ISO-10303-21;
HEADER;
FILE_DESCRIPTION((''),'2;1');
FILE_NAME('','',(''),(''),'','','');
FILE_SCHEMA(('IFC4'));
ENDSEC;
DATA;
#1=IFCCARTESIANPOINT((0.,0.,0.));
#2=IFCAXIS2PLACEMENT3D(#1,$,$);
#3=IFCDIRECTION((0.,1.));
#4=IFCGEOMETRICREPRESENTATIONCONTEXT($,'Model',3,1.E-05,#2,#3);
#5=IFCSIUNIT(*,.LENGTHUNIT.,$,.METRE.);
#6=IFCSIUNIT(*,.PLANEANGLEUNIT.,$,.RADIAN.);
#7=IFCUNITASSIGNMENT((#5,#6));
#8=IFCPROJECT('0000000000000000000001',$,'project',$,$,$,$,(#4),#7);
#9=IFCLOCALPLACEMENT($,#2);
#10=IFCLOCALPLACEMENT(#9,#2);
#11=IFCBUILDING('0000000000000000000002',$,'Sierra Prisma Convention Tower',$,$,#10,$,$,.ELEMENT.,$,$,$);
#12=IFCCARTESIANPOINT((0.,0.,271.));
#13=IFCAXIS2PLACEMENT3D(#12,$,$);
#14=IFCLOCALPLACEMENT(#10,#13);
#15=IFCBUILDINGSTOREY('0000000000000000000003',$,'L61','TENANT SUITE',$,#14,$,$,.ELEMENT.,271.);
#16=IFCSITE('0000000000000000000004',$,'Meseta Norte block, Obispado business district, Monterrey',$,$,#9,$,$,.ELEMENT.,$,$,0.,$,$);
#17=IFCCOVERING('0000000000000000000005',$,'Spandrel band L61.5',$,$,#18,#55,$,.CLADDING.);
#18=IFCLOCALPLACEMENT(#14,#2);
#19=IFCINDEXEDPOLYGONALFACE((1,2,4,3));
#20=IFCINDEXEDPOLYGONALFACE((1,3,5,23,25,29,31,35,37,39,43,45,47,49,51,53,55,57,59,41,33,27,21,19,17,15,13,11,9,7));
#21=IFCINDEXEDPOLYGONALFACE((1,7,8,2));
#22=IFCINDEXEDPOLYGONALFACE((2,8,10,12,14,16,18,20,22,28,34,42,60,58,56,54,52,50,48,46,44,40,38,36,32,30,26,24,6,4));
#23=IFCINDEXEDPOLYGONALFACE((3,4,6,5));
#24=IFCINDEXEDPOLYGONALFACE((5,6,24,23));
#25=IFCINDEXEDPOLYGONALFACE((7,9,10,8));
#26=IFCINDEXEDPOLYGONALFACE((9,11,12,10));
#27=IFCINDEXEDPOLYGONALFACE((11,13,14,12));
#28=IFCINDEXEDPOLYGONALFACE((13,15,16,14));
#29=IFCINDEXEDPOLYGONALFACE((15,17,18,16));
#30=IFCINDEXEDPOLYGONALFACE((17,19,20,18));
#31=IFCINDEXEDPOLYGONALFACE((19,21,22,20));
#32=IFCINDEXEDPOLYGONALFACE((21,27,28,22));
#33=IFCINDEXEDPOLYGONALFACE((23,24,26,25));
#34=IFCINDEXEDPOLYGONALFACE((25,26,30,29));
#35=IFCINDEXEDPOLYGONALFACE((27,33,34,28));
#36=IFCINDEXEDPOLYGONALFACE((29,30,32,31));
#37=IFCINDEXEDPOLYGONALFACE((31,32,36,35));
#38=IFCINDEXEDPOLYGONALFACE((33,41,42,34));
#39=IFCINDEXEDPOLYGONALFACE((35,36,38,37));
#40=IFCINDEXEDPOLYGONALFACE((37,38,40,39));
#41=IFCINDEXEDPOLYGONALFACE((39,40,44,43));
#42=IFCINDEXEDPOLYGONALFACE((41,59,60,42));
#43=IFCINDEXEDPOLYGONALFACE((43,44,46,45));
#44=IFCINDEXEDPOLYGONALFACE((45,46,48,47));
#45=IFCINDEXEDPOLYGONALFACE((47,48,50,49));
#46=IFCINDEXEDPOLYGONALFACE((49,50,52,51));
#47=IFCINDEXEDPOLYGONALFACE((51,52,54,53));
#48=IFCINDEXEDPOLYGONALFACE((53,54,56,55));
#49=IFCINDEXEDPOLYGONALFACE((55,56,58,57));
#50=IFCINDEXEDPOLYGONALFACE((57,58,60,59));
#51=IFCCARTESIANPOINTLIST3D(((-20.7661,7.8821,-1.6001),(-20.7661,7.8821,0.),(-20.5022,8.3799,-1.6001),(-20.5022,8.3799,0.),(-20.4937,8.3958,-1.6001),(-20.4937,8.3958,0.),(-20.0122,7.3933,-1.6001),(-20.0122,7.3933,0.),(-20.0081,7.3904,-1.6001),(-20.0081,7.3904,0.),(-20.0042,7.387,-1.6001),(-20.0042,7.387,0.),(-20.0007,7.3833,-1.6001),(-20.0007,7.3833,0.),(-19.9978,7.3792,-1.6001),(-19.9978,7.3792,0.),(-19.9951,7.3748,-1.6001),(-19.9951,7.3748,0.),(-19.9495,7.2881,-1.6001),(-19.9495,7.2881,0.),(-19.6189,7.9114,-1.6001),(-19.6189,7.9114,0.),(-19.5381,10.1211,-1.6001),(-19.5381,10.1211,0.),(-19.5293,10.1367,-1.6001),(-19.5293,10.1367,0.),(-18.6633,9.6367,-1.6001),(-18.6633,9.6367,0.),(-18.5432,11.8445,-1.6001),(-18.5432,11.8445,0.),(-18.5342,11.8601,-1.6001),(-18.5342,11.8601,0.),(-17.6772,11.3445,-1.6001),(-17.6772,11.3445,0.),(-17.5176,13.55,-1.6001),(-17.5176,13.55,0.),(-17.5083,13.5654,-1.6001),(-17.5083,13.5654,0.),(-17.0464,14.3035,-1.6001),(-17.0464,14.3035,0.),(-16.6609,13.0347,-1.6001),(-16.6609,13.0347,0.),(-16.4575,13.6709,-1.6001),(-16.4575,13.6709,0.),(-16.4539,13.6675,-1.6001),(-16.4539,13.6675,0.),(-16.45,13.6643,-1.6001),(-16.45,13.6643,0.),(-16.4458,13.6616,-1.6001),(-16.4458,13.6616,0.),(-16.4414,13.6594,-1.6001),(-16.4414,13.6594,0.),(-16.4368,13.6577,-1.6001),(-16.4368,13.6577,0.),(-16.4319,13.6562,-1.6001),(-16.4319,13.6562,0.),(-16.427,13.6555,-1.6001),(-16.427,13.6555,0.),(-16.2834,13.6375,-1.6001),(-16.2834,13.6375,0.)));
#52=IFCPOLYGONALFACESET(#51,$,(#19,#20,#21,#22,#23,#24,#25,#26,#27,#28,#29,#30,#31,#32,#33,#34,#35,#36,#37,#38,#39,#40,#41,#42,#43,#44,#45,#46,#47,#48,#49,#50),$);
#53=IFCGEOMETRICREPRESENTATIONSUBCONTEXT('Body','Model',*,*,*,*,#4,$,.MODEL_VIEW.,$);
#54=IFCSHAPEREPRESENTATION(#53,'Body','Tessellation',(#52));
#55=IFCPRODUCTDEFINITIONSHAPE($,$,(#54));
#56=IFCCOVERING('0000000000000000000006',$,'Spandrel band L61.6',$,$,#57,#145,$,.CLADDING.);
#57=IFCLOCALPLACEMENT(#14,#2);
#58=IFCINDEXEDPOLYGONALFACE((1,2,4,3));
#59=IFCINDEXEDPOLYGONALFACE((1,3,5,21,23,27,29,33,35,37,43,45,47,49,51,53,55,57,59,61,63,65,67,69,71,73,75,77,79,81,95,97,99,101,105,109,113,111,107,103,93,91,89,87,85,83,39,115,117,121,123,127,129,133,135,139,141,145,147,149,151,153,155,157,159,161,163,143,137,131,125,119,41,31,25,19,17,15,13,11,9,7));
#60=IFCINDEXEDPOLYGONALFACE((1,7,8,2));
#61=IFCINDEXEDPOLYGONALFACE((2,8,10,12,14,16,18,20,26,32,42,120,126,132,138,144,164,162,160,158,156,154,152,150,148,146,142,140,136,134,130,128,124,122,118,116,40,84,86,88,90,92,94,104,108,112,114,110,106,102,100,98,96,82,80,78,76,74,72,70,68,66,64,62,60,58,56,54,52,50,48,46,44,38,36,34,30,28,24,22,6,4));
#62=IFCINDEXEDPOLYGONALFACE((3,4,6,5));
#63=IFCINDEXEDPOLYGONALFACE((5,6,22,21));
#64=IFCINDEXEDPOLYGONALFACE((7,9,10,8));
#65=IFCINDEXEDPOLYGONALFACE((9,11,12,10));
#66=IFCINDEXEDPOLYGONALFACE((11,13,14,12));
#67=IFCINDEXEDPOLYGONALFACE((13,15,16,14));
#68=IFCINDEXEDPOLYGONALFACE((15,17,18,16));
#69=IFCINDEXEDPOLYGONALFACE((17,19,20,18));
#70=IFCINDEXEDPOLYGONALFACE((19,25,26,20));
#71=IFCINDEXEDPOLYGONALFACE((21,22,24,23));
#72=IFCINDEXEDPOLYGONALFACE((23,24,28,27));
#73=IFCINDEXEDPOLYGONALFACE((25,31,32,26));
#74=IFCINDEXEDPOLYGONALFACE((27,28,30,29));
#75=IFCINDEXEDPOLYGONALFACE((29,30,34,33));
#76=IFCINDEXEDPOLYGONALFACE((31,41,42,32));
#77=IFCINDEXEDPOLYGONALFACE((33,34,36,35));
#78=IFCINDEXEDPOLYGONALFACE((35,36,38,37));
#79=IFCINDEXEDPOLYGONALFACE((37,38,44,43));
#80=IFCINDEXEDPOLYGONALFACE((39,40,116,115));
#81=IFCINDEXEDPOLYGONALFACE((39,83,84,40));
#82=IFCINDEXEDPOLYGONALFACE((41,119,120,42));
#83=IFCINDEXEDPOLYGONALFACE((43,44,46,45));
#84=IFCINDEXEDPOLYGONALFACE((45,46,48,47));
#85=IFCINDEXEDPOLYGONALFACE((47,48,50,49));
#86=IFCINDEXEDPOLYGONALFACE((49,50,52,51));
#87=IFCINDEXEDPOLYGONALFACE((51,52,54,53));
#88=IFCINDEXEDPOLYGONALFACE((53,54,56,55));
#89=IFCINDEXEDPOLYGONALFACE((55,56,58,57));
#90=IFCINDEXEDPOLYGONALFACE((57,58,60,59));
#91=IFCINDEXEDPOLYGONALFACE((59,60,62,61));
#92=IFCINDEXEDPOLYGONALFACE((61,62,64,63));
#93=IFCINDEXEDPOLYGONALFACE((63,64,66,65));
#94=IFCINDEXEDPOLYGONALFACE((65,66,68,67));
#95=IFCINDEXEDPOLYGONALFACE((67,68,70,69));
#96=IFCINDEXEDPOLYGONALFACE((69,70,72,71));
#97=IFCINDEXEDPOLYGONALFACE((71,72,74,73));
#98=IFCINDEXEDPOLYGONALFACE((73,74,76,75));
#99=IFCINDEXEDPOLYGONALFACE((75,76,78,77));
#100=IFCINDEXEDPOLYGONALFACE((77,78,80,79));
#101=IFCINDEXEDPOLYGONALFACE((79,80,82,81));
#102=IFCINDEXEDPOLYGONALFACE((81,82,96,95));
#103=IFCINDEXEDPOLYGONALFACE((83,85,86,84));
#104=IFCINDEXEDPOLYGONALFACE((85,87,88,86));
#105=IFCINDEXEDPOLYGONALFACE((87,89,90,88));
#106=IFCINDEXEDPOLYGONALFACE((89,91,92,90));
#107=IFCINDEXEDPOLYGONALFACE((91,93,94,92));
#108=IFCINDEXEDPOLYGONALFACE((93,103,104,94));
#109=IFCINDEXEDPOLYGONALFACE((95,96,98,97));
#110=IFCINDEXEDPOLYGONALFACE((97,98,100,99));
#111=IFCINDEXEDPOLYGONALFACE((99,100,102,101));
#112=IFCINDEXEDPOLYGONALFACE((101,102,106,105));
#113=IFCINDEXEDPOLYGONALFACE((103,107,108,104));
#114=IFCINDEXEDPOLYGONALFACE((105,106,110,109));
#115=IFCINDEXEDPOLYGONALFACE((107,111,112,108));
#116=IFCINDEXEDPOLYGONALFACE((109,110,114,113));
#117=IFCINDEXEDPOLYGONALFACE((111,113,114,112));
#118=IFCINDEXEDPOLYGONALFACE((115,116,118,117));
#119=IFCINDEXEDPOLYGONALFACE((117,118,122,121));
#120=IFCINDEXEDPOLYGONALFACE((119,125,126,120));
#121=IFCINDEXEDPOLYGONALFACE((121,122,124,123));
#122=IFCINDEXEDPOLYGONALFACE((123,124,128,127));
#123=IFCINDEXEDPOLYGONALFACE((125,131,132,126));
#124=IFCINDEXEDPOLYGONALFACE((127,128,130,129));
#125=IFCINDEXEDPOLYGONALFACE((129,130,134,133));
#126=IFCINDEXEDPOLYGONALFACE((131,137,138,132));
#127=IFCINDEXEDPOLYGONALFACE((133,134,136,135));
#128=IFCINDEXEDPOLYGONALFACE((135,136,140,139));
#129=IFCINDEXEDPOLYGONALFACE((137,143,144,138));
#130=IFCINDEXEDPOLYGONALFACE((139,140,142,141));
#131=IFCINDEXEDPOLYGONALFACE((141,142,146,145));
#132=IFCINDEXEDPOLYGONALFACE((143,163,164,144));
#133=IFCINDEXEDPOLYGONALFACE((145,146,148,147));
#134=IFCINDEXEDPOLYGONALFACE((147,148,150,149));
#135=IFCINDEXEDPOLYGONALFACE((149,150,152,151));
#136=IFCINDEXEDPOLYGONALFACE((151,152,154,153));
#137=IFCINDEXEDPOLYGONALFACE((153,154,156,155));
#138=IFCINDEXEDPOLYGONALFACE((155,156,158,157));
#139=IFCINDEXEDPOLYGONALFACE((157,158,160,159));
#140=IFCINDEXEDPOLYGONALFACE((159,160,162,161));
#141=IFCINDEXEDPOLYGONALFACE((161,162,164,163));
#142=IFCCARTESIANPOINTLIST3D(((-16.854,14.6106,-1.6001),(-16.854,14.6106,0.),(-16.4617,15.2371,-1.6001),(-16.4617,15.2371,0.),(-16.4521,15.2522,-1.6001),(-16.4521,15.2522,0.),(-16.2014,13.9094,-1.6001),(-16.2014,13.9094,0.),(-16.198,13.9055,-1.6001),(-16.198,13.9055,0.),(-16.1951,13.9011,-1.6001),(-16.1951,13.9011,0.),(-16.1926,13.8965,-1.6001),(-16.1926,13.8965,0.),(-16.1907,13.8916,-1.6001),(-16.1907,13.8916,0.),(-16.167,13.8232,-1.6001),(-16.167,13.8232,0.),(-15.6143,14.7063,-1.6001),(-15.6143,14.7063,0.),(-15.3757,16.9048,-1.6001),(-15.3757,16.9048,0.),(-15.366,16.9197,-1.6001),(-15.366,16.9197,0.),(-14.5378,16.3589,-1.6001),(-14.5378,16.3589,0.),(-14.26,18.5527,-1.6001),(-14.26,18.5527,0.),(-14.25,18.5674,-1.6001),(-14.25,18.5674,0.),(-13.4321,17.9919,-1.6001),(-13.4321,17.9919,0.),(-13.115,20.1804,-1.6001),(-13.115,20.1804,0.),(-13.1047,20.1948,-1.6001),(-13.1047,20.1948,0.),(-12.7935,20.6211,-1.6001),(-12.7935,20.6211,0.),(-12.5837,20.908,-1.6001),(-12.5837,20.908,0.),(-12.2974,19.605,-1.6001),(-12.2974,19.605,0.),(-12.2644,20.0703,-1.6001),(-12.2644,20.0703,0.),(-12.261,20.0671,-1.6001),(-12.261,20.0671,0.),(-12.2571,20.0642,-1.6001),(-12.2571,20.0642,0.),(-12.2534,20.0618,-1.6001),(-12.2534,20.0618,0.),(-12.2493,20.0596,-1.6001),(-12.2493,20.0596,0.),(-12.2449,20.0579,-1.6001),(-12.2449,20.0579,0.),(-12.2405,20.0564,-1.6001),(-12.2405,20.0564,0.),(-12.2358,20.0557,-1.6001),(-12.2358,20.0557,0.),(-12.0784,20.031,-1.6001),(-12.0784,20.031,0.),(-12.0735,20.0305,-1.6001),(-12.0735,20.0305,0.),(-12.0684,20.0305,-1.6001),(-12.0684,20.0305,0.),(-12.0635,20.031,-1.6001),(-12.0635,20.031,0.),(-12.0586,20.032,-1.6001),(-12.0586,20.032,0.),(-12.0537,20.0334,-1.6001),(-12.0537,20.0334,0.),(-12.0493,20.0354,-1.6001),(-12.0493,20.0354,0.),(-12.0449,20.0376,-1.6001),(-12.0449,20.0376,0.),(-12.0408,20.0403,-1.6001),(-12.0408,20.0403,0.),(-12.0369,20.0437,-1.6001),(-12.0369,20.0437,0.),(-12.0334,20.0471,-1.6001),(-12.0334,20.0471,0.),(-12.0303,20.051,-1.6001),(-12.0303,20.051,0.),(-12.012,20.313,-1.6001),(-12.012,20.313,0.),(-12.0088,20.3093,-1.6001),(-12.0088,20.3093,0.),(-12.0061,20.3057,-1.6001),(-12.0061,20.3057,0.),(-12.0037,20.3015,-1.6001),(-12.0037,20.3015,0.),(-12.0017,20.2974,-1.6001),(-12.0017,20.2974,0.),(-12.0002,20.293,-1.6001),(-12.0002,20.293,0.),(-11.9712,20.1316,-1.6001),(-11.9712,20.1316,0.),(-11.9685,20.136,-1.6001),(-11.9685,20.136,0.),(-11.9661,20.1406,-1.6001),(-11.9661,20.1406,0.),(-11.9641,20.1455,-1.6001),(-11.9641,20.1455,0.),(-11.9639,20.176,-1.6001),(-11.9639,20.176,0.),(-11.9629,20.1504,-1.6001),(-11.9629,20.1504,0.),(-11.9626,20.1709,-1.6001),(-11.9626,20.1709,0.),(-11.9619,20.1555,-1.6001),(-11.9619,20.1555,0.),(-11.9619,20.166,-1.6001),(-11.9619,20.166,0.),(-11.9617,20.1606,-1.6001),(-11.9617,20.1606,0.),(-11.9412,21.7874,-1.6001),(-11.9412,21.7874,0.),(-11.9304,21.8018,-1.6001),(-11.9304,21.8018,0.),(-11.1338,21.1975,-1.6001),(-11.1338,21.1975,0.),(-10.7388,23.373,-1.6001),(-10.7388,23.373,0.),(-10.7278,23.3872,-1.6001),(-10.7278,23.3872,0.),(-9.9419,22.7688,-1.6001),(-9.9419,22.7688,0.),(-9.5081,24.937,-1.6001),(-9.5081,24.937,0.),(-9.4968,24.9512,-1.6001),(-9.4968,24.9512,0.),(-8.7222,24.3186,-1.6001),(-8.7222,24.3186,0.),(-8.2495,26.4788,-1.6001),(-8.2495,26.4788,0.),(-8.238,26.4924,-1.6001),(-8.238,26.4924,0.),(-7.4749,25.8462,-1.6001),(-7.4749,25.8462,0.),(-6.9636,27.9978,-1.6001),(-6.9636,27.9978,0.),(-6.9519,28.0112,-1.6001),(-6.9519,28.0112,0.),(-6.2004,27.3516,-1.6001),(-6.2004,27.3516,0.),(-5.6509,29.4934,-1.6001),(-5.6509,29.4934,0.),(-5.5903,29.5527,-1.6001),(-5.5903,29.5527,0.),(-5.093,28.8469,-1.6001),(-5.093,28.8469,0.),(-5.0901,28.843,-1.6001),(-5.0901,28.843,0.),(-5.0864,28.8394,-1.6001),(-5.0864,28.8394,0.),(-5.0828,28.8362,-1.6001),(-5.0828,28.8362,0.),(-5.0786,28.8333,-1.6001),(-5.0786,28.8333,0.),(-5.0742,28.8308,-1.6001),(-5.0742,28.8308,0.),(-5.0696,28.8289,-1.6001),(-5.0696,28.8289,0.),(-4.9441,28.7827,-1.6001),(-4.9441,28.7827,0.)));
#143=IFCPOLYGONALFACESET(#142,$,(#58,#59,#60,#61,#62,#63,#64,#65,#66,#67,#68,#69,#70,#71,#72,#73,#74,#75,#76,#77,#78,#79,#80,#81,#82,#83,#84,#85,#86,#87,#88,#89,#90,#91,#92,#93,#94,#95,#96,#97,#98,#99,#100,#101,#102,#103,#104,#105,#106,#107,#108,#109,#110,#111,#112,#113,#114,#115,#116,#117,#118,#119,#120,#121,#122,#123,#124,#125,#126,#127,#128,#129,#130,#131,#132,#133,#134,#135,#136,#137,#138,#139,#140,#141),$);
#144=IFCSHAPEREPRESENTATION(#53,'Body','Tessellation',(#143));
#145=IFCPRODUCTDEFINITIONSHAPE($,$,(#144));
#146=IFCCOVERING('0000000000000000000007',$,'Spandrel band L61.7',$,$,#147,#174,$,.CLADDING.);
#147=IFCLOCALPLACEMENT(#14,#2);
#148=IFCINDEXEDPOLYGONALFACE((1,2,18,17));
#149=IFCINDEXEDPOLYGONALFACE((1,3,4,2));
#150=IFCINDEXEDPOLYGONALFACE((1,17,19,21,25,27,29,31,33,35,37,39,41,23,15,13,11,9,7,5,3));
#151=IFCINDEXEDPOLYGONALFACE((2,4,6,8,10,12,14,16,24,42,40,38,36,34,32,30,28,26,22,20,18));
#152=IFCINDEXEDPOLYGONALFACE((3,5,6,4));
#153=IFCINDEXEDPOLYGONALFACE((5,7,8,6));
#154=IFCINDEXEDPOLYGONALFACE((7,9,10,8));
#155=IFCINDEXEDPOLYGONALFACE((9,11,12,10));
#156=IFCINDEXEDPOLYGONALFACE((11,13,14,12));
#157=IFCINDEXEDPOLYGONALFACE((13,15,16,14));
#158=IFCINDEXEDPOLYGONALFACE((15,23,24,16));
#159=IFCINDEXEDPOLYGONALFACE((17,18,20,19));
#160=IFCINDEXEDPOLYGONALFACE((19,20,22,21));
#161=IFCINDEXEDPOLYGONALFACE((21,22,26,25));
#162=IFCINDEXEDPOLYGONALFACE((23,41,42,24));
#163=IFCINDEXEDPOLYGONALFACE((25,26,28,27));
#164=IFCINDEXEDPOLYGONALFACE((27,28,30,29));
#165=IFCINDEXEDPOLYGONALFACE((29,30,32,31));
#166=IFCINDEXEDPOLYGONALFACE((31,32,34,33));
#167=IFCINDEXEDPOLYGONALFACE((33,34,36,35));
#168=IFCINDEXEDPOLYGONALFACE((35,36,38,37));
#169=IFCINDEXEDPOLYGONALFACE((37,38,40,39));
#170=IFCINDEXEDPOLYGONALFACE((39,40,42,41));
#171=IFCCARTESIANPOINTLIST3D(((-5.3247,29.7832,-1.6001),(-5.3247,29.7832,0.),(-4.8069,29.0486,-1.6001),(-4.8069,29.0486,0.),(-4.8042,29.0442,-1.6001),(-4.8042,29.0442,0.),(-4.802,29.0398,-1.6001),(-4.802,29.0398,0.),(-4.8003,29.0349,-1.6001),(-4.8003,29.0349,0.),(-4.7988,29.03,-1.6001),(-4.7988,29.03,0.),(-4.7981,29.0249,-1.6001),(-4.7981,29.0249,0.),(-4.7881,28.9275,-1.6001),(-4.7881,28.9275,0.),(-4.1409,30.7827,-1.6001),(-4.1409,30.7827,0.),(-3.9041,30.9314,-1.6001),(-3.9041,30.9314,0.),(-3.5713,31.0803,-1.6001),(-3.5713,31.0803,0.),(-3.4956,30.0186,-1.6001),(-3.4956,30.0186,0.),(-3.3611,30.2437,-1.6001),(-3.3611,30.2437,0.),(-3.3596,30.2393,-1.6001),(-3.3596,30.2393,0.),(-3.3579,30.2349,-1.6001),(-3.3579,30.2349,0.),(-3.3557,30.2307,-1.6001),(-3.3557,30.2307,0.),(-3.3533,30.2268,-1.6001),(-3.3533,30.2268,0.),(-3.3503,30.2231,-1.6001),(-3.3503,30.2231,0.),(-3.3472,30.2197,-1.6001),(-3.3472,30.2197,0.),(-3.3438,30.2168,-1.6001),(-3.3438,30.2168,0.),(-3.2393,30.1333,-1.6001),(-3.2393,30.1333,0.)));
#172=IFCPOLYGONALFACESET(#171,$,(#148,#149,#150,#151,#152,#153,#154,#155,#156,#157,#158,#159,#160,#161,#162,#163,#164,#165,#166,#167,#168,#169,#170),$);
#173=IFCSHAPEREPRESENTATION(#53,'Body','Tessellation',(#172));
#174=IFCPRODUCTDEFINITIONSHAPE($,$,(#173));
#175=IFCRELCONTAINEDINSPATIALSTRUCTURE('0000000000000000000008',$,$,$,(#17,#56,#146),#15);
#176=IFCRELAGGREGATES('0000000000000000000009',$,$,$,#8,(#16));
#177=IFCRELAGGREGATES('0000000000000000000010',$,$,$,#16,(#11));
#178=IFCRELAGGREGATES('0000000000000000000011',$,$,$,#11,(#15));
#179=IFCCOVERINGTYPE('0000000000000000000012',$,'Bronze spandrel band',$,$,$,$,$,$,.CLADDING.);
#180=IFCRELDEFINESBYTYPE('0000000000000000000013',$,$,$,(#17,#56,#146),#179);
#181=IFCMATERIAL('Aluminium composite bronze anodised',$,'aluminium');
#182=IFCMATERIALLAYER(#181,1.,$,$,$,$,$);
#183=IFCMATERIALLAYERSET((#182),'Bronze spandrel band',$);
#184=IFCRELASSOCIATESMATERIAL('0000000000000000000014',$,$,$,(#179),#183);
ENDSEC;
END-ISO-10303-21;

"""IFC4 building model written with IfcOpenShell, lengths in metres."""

from ifc_helpers import new_model, si_unit, direction, frame, origin, place, context, subcontext, project, spatial, polyline, outline, extrude, material, layer, layer_set, type_object, element, save


model = new_model("IFC4")

# Units and contexts
model_context = context("Model", 3, precision=1e-05, world=origin(), true_north=direction((0.0, 1.0)))
body_context = subcontext(model_context, "Body", "Model", "MODEL_VIEW")
ifc_project = project(units=[si_unit("LENGTHUNIT", "METRE"), si_unit("PLANEANGLEUNIT", "RADIAN")], contexts=[model_context])

# Site, building, storey
site_placement = place(None, origin())
site = spatial("IfcSite", under=ifc_project, at=site_placement, Name="Meseta Norte block, Obispado business district, Monterrey", CompositionType="ELEMENT", RefElevation=0.0)
building_placement = place(site_placement, origin())
building = spatial("IfcBuilding", under=site, at=building_placement, Name="Sierra Prisma Convention Tower", CompositionType="ELEMENT")
storey_placement = place(building_placement, frame((0.0, 0.0, 271.0)))
storey = spatial("IfcBuildingStorey", under=building, at=storey_placement, Name="L61", Description="TENANT SUITE", CompositionType="ELEMENT", Elevation=271.0)

# Coverings
ifc_material_1 = material(Name="Aluminium composite bronze anodised", Category="aluminium")
ifc_layer_1 = layer(ifc_material_1, 1.0)
ifc_layer_set_1 = layer_set([ifc_layer_1], Name="Bronze spandrel band")
covering_type_1 = type_object("IfcCoveringType", Name="Bronze spandrel band", PredefinedType="CLADDING", material=ifc_layer_set_1)
covering_1_placement = place(storey_placement, frame((0.0, 0.0, -1.6001)))
element("IfcCovering", 1, at=covering_1_placement, inside=storey, type_object=covering_type_1, Name="Spandrel band L61.5", PredefinedType="CLADDING", context=body_context, shape_type="SweptSolid", body=[
    extrude(outline(polyline([(-17.5083, 13.5654), (-17.0464, 14.3035), (-16.4575, 13.6709), (-16.4539, 13.6675), (-16.45, 13.6643), (-16.4458, 13.6616), (-16.4414, 13.6594), (-16.4368, 13.6577), (-16.4319, 13.6562), (-16.427, 13.6555), (-16.2834, 13.6375), (-16.6609, 13.0347), (-17.6772, 11.3445), (-18.6633, 9.6367), (-19.6189, 7.9114), (-19.9495, 7.2881), (-19.9951, 7.3748), (-19.9978, 7.3792), (-20.0007, 7.3833), (-20.0042, 7.387), (-20.0081, 7.3904), (-20.0122, 7.3933), (-20.7661, 7.8821), (-20.5022, 8.3799), (-20.4937, 8.3958), (-19.5381, 10.1211), (-19.5293, 10.1367), (-18.5432, 11.8445), (-18.5342, 11.8601), (-17.5176, 13.55), (-17.5083, 13.5654)])), origin(), (0.0, 0.0, 1.0), 1.6001),
])
covering_2_placement = place(storey_placement, frame((0.0, 0.0, -1.6001)))
element("IfcCovering", 2, at=covering_2_placement, inside=storey, type_object=covering_type_1, Name="Spandrel band L61.6", PredefinedType="CLADDING", context=body_context, shape_type="SweptSolid", body=[
    extrude(outline(polyline([(-12.7935, 20.6211), (-12.2644, 20.0703), (-12.261, 20.0671), (-12.2571, 20.0642), (-12.2534, 20.0618), (-12.2493, 20.0596), (-12.2449, 20.0579), (-12.2405, 20.0564), (-12.2358, 20.0557), (-12.0784, 20.031), (-12.0735, 20.0305), (-12.0684, 20.0305), (-12.0635, 20.031), (-12.0586, 20.032), (-12.0537, 20.0334), (-12.0493, 20.0354), (-12.0449, 20.0376), (-12.0408, 20.0403), (-12.0369, 20.0437), (-12.0334, 20.0471), (-12.0303, 20.051), (-11.9712, 20.1316), (-11.9685, 20.136), (-11.9661, 20.1406), (-11.9641, 20.1455), (-11.9629, 20.1504), (-11.9619, 20.1555), (-11.9617, 20.1606), (-11.9619, 20.166), (-11.9626, 20.1709), (-11.9639, 20.176), (-12.0002, 20.293), (-12.0017, 20.2974), (-12.0037, 20.3015), (-12.0061, 20.3057), (-12.0088, 20.3093), (-12.012, 20.313), (-12.5837, 20.908), (-11.9412, 21.7874), (-11.9304, 21.8018), (-10.7388, 23.373), (-10.7278, 23.3872), (-9.5081, 24.937), (-9.4968, 24.9512), (-8.2495, 26.4788), (-8.238, 26.4924), (-6.9636, 27.9978), (-6.9519, 28.0112), (-5.6509, 29.4934), (-5.5903, 29.5527), (-5.093, 28.8469), (-5.0901, 28.843), (-5.0864, 28.8394), (-5.0828, 28.8362), (-5.0786, 28.8333), (-5.0742, 28.8308), (-5.0696, 28.8289), (-4.9441, 28.7827), (-6.2004, 27.3516), (-7.4749, 25.8462), (-8.7222, 24.3186), (-9.9419, 22.7688), (-11.1338, 21.1975), (-12.2974, 19.605), (-13.4321, 17.9919), (-14.5378, 16.3589), (-15.6143, 14.7063), (-16.167, 13.8232), (-16.1907, 13.8916), (-16.1926, 13.8965), (-16.1951, 13.9011), (-16.198, 13.9055), (-16.2014, 13.9094), (-16.854, 14.6106), (-16.4617, 15.2371), (-16.4521, 15.2522), (-15.3757, 16.9048), (-15.366, 16.9197), (-14.26, 18.5527), (-14.25, 18.5674), (-13.115, 20.1804), (-13.1047, 20.1948), (-12.7935, 20.6211)])), origin(), (0.0, 0.0, 1.0), 1.6001),
])
covering_3_placement = place(storey_placement, frame((0.0, 0.0, -1.6001)))
element("IfcCovering", 3, at=covering_3_placement, inside=storey, type_object=covering_type_1, Name="Spandrel band L61.7", PredefinedType="CLADDING", context=body_context, shape_type="SweptSolid", body=[
    extrude(outline(polyline([(-3.3472, 30.2197), (-3.3438, 30.2168), (-3.2393, 30.1333), (-3.4956, 30.0186), (-4.7881, 28.9275), (-4.7981, 29.0249), (-4.7988, 29.03), (-4.8003, 29.0349), (-4.802, 29.0398), (-4.8042, 29.0442), (-4.8069, 29.0486), (-5.3247, 29.7832), (-4.1409, 30.7827), (-3.9041, 30.9314), (-3.5713, 31.0803), (-3.3611, 30.2437), (-3.3596, 30.2393), (-3.3579, 30.2349), (-3.3557, 30.2307), (-3.3533, 30.2268), (-3.3503, 30.2231), (-3.3472, 30.2197)])), origin(), (0.0, 0.0, 1.0), 1.6001),
])

save(model, "model.ifc")
